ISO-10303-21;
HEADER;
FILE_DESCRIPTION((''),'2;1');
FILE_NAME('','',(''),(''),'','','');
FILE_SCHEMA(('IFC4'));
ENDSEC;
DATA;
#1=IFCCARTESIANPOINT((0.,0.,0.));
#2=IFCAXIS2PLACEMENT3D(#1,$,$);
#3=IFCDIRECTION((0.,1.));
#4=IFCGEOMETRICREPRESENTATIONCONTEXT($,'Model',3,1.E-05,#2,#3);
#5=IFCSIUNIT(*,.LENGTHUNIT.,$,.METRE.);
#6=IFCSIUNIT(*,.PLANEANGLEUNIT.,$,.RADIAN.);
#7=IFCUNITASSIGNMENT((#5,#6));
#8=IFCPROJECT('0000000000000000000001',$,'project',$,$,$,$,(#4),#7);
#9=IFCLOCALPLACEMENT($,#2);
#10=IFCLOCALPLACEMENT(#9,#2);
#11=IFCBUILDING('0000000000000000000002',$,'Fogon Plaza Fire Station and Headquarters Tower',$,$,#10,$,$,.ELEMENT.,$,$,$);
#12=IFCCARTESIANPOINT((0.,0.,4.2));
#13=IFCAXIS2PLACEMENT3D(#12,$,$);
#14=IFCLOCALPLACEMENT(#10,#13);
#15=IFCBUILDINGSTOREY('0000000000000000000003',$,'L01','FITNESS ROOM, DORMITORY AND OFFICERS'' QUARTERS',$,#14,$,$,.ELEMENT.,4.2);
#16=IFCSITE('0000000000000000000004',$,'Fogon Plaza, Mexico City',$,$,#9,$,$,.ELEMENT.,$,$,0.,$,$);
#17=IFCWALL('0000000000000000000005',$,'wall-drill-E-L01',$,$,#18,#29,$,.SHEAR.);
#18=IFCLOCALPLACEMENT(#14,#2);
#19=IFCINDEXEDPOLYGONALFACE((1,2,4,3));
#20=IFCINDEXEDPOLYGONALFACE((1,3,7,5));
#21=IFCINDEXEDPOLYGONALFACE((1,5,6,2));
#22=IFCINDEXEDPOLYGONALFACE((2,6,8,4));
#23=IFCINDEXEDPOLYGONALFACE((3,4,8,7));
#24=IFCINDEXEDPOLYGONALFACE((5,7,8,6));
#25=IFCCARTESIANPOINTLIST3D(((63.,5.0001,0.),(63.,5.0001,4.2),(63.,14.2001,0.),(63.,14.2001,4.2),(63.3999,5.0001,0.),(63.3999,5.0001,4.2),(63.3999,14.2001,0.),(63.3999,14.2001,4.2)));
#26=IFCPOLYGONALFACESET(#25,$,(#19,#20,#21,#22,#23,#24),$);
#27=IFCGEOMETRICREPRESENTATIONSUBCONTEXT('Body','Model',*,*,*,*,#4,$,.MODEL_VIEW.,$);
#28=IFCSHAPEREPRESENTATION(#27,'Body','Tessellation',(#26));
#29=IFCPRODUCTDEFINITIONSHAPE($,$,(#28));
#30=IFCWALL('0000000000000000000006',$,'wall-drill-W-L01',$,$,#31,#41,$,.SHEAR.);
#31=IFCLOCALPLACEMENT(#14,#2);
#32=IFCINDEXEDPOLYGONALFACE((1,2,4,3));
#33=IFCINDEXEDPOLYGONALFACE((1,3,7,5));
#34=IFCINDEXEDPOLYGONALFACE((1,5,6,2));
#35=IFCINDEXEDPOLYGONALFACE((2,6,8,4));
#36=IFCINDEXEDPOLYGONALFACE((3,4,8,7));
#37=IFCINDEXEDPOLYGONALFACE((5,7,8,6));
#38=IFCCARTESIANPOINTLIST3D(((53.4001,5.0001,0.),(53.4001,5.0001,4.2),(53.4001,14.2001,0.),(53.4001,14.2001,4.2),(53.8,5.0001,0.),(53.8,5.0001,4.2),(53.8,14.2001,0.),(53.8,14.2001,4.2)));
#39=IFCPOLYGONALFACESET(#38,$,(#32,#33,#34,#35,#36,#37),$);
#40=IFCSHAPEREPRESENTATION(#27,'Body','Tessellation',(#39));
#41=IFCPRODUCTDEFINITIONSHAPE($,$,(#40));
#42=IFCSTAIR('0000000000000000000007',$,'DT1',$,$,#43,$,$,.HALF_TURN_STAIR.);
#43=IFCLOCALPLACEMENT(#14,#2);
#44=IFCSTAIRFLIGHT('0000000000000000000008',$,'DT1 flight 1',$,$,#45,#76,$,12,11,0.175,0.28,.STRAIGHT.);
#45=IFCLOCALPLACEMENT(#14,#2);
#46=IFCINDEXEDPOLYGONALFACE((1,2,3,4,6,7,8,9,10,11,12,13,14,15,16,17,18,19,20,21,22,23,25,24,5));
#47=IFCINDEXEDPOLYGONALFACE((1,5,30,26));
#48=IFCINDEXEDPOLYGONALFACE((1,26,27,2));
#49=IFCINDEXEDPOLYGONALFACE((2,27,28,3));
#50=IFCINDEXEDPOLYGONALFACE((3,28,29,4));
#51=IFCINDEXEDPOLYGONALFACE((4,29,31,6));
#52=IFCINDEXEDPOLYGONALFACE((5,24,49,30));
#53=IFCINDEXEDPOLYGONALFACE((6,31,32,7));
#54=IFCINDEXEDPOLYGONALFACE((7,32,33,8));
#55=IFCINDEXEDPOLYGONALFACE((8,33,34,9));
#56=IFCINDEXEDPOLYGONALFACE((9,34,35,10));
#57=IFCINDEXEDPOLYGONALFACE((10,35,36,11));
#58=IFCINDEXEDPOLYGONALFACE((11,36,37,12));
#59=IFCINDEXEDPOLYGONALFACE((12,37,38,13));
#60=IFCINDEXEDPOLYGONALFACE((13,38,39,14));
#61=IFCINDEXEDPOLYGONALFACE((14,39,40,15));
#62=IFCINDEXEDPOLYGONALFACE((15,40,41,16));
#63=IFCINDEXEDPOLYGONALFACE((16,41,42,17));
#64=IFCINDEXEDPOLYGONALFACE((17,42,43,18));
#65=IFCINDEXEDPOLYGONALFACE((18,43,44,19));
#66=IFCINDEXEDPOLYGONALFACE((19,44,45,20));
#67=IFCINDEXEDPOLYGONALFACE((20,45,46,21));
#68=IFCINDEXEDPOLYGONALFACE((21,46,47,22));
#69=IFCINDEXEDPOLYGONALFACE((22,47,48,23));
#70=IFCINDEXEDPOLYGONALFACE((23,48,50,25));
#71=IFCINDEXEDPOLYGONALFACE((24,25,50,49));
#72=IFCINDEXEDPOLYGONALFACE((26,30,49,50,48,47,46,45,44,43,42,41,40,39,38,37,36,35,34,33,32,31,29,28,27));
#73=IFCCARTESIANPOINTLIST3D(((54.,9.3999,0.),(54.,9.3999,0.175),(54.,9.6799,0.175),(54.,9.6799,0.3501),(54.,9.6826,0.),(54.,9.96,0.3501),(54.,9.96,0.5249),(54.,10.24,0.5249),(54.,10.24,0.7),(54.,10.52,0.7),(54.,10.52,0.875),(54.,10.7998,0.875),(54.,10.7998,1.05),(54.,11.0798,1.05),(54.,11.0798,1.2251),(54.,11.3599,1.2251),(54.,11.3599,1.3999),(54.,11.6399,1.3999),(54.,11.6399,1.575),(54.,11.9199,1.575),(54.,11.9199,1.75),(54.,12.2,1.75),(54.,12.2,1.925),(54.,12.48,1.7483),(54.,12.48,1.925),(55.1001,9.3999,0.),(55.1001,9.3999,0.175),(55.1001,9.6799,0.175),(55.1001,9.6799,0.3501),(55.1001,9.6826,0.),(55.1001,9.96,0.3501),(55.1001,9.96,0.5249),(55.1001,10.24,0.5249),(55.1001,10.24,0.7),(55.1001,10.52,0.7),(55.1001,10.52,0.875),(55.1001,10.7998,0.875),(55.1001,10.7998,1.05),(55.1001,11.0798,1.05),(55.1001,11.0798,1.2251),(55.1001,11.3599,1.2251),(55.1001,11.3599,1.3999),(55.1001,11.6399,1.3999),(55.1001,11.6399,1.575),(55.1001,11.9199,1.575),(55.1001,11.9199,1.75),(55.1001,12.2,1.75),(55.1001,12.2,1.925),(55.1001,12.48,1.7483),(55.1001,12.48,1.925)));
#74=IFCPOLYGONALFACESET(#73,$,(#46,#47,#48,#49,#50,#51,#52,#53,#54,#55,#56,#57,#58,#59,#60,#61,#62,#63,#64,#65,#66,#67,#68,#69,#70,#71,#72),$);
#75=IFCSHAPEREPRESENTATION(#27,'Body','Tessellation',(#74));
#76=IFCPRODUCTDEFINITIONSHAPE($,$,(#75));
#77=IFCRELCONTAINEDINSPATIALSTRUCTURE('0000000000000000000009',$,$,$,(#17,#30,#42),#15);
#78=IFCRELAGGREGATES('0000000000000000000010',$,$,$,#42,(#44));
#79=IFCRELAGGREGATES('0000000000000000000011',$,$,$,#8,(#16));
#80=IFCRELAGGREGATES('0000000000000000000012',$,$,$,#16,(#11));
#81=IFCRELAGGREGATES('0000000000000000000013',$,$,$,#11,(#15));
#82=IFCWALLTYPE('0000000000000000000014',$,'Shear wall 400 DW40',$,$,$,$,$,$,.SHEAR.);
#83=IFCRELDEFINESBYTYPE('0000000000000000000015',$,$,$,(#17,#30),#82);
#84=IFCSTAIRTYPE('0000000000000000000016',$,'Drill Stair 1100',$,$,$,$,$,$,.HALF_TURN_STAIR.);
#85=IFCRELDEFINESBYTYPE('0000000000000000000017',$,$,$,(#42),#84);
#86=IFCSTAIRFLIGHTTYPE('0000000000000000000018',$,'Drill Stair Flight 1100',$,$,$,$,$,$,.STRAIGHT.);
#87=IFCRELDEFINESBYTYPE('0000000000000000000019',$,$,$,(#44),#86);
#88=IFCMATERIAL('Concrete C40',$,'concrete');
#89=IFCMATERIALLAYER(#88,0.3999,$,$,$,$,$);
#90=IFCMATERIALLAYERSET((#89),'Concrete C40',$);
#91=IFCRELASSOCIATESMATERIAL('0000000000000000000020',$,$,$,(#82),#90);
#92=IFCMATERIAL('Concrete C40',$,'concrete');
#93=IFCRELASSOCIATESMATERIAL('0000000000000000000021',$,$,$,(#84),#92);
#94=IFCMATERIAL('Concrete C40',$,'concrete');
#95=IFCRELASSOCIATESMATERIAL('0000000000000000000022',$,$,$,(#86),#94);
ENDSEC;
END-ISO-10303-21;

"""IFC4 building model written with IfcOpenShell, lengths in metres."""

from ifc_helpers import new_model, si_unit, direction, frame, frame_2d, origin, place, context, subcontext, project, spatial, polyline, rectangle, outline, extrude, material, layer, layer_set, type_object, element, aggregate, save


model = new_model("IFC4")

# Units and contexts
model_context = context("Model", 3, precision=1e-05, world=origin(), true_north=direction((0.0, 1.0)))
body_context = subcontext(model_context, "Body", "Model", "MODEL_VIEW")
ifc_project = project(units=[si_unit("LENGTHUNIT", "METRE"), si_unit("PLANEANGLEUNIT", "RADIAN")], contexts=[model_context])

# Site, building, storey
site_placement = place(None, origin())
site = spatial("IfcSite", under=ifc_project, at=site_placement, Name="Fogon Plaza, Mexico City", CompositionType="ELEMENT", RefElevation=0.0)
building_placement = place(site_placement, origin())
building = spatial("IfcBuilding", under=site, at=building_placement, Name="Fogon Plaza Fire Station and Headquarters Tower", CompositionType="ELEMENT")
storey_placement = place(building_placement, frame((0.0, 0.0, 4.2)))
storey = spatial("IfcBuildingStorey", under=building, at=storey_placement, Name="L01", Description="FITNESS ROOM, DORMITORY AND OFFICERS' QUARTERS", CompositionType="ELEMENT", Elevation=4.2)

# Shared definitions
ifc_material_1 = material(Name="Concrete C40", Category="concrete")
ifc_layer_1 = layer(ifc_material_1, 0.3999)
ifc_layer_set_1 = layer_set([ifc_layer_1], Name="Concrete C40")
wall_type_1 = type_object("IfcWallType", Name="Shear wall 400 DW40", PredefinedType="SHEAR", material=ifc_layer_set_1)

# Walls
for number, where, z_axis, x_axis, name in (
    (1, (63.2, 5.0, 0.0), (0.0, 0.0, 1.0), (0.0, 1.0, 0.0), "wall-drill-E-L01"),
    (2, (53.6001, 5.0, 0.0), (0.0, 0.0, 1.0), (0.0, 1.0, 0.0), "wall-drill-W-L01"),
):
    element("IfcWall", number, at=place(storey_placement, frame(where, z_axis=z_axis, x_axis=x_axis)), inside=storey, type_object=wall_type_1, Name=name, PredefinedType="SHEAR", context=body_context, shape_type="SweptSolid", body=[
        extrude(rectangle(XDim=9.2, YDim=0.3999, at=frame_2d((4.6001, 0.0))), origin(), (0.0, 0.0, 1.0), 4.2),
    ])

# Stair, stair flight
ifc_material_2 = material(Name="Concrete C40", Category="concrete")
stair_type = type_object("IfcStairType", Name="Drill Stair 1100", PredefinedType="HALF_TURN_STAIR", material=ifc_material_2)
stair_placement = place(storey_placement, origin())
stair = element("IfcStair", 3, at=stair_placement, inside=storey, type_object=stair_type, Name="DT1", PredefinedType="HALF_TURN_STAIR")
ifc_material_3 = material(Name="Concrete C40", Category="concrete")
stair_flight_type = type_object("IfcStairFlightType", Name="Drill Stair Flight 1100", PredefinedType="STRAIGHT", material=ifc_material_3)
stair_flight_placement = place(storey_placement, frame((54.55, 9.3999, 0.0), z_axis=(0.0, 0.0, 1.0), x_axis=(0.0, 1.0, 0.0)))
stair_flight = element("IfcStairFlight", 4, at=stair_flight_placement, type_object=stair_flight_type, Name="DT1 flight 1", NumberOfRisers=12, NumberOfTreads=11, PredefinedType="STRAIGHT", RiserHeight=0.175, TreadLength=0.28, context=body_context, shape_type="SweptSolid", body=[
    extrude(outline(polyline([(0.0, 0.0), (0.0, 0.175), (0.28, 0.175), (0.28, 0.3501), (0.5601, 0.3501), (0.5601, 0.5249), (0.8401, 0.5249), (0.8401, 0.7), (1.1201, 0.7), (1.1201, 0.875), (1.3999, 0.875), (1.3999, 1.05), (1.6799, 1.05), (1.6799, 1.2251), (1.96, 1.2251), (1.96, 1.3999), (2.24, 1.3999), (2.24, 1.575), (2.52, 1.575), (2.52, 1.75), (2.8, 1.75), (2.8, 1.925), (3.0801, 1.925), (3.0801, 2.1001), (3.0801, 1.7483), (0.2827, 0.0), (0.0, 0.0)])), frame((0.0, 0.55, 0.0), z_axis=(0.0, -1.0, 0.0), x_axis=(1.0, 0.0, 0.0)), (0.0, 0.0, 1.0), 1.1001),
])
aggregate(stair, [stair_flight])

save(model, "model.ifc")
